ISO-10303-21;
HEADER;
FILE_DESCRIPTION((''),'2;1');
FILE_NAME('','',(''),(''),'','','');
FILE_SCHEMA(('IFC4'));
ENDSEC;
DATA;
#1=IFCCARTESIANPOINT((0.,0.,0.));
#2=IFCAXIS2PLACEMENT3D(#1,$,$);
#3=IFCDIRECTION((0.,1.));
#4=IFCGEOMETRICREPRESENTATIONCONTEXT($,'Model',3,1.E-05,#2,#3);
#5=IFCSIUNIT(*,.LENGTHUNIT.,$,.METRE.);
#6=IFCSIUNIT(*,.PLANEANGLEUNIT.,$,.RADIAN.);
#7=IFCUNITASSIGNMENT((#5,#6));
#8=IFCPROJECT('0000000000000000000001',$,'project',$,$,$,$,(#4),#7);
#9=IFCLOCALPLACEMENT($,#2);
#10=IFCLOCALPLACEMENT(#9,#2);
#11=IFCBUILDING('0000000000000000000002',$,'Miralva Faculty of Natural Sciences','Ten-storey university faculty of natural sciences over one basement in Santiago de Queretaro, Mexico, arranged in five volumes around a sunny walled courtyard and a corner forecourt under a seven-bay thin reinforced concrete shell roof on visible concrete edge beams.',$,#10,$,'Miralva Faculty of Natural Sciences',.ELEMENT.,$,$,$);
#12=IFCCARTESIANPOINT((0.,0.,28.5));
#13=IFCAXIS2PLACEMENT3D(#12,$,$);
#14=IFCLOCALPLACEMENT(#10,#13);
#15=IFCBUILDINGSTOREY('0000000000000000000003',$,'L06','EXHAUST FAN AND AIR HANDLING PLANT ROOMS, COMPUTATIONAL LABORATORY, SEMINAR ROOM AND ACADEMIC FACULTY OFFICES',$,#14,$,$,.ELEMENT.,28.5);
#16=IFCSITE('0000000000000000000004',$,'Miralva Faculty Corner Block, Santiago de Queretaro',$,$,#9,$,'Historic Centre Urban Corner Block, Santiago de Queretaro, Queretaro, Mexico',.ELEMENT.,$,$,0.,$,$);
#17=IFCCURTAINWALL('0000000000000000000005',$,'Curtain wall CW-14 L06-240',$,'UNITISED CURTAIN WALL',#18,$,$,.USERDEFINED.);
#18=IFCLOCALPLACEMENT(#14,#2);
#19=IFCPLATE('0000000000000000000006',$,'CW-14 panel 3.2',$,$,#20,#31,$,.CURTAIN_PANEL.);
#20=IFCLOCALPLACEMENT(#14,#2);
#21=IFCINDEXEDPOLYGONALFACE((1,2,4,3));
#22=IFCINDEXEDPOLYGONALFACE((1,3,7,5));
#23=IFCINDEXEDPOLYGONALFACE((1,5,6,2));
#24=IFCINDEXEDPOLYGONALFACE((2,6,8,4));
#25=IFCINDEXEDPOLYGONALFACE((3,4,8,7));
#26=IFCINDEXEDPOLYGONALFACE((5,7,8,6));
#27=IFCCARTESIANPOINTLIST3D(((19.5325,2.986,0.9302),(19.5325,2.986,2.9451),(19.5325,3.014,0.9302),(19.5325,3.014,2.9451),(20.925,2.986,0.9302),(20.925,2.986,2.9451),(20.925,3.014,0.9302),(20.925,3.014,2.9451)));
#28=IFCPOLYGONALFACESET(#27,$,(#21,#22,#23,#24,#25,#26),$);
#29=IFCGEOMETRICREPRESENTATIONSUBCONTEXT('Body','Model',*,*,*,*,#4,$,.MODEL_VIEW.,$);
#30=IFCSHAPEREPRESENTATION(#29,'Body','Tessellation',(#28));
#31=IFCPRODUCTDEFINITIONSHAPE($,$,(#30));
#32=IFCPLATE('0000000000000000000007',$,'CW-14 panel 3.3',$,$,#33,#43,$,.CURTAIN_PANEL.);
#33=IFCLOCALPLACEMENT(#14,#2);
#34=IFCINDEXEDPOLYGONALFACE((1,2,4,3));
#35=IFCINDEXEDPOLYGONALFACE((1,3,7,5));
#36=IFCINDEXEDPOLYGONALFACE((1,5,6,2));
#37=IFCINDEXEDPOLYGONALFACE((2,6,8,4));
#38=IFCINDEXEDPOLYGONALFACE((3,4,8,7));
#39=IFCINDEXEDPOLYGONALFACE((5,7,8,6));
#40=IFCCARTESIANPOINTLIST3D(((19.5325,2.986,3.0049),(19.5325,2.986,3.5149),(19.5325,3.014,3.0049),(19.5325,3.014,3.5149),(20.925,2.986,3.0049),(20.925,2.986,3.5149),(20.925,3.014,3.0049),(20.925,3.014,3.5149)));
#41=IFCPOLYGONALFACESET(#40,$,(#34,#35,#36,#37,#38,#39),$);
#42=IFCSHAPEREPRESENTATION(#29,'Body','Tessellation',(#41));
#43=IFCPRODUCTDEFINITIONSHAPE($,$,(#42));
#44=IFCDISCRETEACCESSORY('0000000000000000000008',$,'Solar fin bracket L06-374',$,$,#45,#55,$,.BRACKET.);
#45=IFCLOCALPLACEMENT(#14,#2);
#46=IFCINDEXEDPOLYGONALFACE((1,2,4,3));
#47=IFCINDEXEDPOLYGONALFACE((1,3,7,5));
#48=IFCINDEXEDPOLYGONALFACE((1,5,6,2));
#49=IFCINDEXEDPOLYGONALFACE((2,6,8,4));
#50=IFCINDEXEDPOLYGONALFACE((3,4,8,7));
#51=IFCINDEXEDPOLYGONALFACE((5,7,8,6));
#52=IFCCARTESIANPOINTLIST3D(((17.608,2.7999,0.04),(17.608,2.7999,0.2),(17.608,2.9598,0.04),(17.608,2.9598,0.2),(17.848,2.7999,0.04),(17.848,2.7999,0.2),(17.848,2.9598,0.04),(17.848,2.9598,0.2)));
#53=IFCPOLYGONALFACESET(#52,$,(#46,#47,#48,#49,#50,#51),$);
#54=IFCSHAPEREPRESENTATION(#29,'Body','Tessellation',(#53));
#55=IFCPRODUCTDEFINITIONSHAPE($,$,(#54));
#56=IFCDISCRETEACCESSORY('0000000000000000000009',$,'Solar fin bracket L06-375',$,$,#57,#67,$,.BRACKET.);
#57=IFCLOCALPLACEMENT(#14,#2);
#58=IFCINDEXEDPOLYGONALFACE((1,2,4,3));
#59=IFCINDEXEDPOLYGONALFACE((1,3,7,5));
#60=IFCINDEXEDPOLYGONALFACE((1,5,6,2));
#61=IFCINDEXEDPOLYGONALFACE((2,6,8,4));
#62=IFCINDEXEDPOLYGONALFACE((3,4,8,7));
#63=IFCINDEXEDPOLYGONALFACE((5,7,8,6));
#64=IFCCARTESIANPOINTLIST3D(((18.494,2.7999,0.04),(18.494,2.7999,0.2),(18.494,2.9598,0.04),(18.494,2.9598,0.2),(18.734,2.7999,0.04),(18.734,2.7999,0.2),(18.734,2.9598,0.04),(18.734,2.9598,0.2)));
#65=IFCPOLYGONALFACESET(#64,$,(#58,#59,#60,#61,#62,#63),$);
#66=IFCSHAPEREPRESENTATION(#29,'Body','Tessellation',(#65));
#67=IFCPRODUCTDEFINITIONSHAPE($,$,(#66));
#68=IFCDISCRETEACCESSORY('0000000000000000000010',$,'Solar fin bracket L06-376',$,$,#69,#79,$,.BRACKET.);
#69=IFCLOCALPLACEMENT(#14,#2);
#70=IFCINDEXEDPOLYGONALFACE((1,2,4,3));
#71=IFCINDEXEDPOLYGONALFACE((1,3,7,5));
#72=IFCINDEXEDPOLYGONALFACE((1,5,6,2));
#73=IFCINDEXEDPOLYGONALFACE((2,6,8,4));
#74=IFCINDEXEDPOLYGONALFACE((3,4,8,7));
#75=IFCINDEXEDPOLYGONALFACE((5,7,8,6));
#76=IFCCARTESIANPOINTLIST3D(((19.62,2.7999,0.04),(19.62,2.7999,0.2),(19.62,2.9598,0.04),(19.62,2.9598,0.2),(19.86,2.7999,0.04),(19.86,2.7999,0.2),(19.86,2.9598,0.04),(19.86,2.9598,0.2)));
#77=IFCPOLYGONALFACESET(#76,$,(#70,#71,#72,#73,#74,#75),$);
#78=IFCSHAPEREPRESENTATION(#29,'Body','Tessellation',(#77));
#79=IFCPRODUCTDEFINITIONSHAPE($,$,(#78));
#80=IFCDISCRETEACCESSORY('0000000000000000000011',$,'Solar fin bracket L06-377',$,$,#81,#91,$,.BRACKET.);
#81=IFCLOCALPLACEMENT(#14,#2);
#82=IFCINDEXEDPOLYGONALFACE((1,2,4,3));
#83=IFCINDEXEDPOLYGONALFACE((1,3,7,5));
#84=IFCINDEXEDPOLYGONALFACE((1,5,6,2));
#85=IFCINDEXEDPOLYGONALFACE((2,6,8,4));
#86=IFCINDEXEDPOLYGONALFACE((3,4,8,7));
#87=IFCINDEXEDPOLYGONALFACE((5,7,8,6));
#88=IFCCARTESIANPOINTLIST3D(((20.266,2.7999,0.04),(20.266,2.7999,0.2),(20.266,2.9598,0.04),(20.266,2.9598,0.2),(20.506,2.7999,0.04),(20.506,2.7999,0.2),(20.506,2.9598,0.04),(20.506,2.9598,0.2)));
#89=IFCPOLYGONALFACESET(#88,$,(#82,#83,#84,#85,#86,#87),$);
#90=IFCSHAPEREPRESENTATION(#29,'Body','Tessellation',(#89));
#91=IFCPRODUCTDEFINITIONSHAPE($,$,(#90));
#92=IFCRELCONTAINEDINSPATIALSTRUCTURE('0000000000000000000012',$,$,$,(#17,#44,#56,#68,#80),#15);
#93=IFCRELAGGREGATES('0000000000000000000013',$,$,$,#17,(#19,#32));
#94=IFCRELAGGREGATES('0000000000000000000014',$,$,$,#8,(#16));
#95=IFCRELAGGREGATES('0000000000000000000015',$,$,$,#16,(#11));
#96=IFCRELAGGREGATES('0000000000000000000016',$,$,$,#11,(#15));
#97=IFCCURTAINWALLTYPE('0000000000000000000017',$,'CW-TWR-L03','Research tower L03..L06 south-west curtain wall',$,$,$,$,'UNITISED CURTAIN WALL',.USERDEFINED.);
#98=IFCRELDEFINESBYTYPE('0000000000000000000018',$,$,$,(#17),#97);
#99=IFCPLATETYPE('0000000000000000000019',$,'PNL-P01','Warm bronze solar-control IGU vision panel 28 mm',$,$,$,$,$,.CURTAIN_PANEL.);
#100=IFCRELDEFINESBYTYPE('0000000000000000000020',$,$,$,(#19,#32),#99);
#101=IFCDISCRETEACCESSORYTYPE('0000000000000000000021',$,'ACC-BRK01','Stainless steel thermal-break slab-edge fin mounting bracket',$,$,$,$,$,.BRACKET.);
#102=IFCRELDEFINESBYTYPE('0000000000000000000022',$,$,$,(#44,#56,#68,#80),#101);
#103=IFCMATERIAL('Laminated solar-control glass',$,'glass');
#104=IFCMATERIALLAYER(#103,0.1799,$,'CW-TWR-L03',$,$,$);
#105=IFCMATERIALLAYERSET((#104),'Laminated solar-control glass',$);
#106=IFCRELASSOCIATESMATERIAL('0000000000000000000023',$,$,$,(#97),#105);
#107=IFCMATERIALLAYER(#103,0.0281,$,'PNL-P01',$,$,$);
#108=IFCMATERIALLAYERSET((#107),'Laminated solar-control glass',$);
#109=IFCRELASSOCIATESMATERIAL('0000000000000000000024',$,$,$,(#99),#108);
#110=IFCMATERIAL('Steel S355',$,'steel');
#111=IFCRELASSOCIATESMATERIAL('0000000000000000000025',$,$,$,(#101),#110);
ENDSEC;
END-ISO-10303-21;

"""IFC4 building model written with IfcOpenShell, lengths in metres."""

from ifc_helpers import new_model, si_unit, direction, frame, origin, origin_2d, place, context, subcontext, project, spatial, rectangle, extrude, material, layer, layer_set, type_object, element, aggregate, save


model = new_model("IFC4")

# Units and contexts
model_context = context("Model", 3, precision=1e-05, world=origin(), true_north=direction((0.0, 1.0)))
body_context = subcontext(model_context, "Body", "Model", "MODEL_VIEW")
ifc_project = project(units=[si_unit("LENGTHUNIT", "METRE"), si_unit("PLANEANGLEUNIT", "RADIAN")], contexts=[model_context])

# Site, building, storey
site_placement = place(None, origin())
site = spatial("IfcSite", under=ifc_project, at=site_placement, Name="Miralva Faculty Corner Block, Santiago de Queretaro", LongName="Historic Centre Urban Corner Block, Santiago de Queretaro, Queretaro, Mexico", CompositionType="ELEMENT", RefElevation=0.0)
building_placement = place(site_placement, origin())
building = spatial("IfcBuilding", under=site, at=building_placement, Name="Miralva Faculty of Natural Sciences", Description="Ten-storey university faculty of natural sciences over one basement in Santiago de Queretaro, Mexico, arranged in five volumes around a sunny walled courtyard and a corner forecourt under a seven-bay thin reinforced concrete shell roof on visible concrete edge beams.", LongName="Miralva Faculty of Natural Sciences", CompositionType="ELEMENT")
storey_placement = place(building_placement, frame((0.0, 0.0, 28.5)))
storey = spatial("IfcBuildingStorey", under=building, at=storey_placement, Name="L06", Description="EXHAUST FAN AND AIR HANDLING PLANT ROOMS, COMPUTATIONAL LABORATORY, SEMINAR ROOM AND ACADEMIC FACULTY OFFICES", CompositionType="ELEMENT", Elevation=28.5)

# Curtain wall
ifc_material_1 = material(Name="Laminated solar-control glass", Category="glass")
ifc_layer_1 = layer(ifc_material_1, 0.1799, Name="CW-TWR-L03")
ifc_layer_set_1 = layer_set([ifc_layer_1], Name="Laminated solar-control glass")
curtain_wall_type = type_object("IfcCurtainWallType", Name="CW-TWR-L03", Description="Research tower L03..L06 south-west curtain wall", ElementType="UNITISED CURTAIN WALL", PredefinedType="USERDEFINED", material=ifc_layer_set_1)
curtain_wall_placement = place(storey_placement, origin())
curtain_wall = element("IfcCurtainWall", 1, at=curtain_wall_placement, inside=storey, type_object=curtain_wall_type, Name="Curtain wall CW-14 L06-240", ObjectType="UNITISED CURTAIN WALL", PredefinedType="USERDEFINED")

# Plates
ifc_layer_2 = layer(ifc_material_1, 0.0281, Name="PNL-P01")
ifc_layer_set_2 = layer_set([ifc_layer_2], Name="Laminated solar-control glass")
plate_type = type_object("IfcPlateType", Name="PNL-P01", Description="Warm bronze solar-control IGU vision panel 28 mm", PredefinedType="CURTAIN_PANEL", material=ifc_layer_set_2)
plate_1_placement = place(storey_placement, frame((20.2288, 3.0, 0.9302), z_axis=(0.0, 0.0, 1.0), x_axis=(1.0, 0.0, 0.0)))
plate_1 = element("IfcPlate", 2, at=plate_1_placement, type_object=plate_type, Name="CW-14 panel 3.2", PredefinedType="CURTAIN_PANEL", context=body_context, shape_type="SweptSolid", body=[
    extrude(rectangle(XDim=1.3926, YDim=0.0281, at=origin_2d()), origin(), (0.0, 0.0, 1.0), 2.0149),
])
plate_2_placement = place(storey_placement, frame((20.2288, 3.0, 3.0049), z_axis=(0.0, 0.0, 1.0), x_axis=(1.0, 0.0, 0.0)))
plate_2 = element("IfcPlate", 3, at=plate_2_placement, type_object=plate_type, Name="CW-14 panel 3.3", PredefinedType="CURTAIN_PANEL", context=body_context, shape_type="SweptSolid", body=[
    extrude(rectangle(XDim=1.3926, YDim=0.0281, at=origin_2d()), origin(), (0.0, 0.0, 1.0), 0.51),
])
aggregate(curtain_wall, [plate_1, plate_2])

# Discrete accessories
ifc_material_2 = material(Name="Steel S355", Category="steel")
discrete_accessory_type = type_object("IfcDiscreteAccessoryType", Name="ACC-BRK01", Description="Stainless steel thermal-break slab-edge fin mounting bracket", PredefinedType="BRACKET", material=ifc_material_2)
for number, where, z_axis, x_axis, name in (
    (4, (17.728, 2.8799, 0.04), (0.0, 0.0, 1.0), (0.0, -1.0, 0.0), "Solar fin bracket L06-374"),
    (5, (18.614, 2.8799, 0.04), (0.0, 0.0, 1.0), (0.0, -1.0, 0.0), "Solar fin bracket L06-375"),
    (6, (19.74, 2.8799, 0.04), (0.0, 0.0, 1.0), (0.0, -1.0, 0.0), "Solar fin bracket L06-376"),
    (7, (20.386, 2.8799, 0.04), (0.0, 0.0, 1.0), (0.0, -1.0, 0.0), "Solar fin bracket L06-377"),
):
    element("IfcDiscreteAccessory", number, at=place(storey_placement, frame(where, z_axis=z_axis, x_axis=x_axis)), inside=storey, type_object=discrete_accessory_type, Name=name, PredefinedType="BRACKET", context=body_context, shape_type="SweptSolid", body=[
        extrude(rectangle(XDim=0.1599, YDim=0.24, at=origin_2d()), origin(), (0.0, 0.0, 1.0), 0.1599),
    ])

save(model, "model.ifc")
